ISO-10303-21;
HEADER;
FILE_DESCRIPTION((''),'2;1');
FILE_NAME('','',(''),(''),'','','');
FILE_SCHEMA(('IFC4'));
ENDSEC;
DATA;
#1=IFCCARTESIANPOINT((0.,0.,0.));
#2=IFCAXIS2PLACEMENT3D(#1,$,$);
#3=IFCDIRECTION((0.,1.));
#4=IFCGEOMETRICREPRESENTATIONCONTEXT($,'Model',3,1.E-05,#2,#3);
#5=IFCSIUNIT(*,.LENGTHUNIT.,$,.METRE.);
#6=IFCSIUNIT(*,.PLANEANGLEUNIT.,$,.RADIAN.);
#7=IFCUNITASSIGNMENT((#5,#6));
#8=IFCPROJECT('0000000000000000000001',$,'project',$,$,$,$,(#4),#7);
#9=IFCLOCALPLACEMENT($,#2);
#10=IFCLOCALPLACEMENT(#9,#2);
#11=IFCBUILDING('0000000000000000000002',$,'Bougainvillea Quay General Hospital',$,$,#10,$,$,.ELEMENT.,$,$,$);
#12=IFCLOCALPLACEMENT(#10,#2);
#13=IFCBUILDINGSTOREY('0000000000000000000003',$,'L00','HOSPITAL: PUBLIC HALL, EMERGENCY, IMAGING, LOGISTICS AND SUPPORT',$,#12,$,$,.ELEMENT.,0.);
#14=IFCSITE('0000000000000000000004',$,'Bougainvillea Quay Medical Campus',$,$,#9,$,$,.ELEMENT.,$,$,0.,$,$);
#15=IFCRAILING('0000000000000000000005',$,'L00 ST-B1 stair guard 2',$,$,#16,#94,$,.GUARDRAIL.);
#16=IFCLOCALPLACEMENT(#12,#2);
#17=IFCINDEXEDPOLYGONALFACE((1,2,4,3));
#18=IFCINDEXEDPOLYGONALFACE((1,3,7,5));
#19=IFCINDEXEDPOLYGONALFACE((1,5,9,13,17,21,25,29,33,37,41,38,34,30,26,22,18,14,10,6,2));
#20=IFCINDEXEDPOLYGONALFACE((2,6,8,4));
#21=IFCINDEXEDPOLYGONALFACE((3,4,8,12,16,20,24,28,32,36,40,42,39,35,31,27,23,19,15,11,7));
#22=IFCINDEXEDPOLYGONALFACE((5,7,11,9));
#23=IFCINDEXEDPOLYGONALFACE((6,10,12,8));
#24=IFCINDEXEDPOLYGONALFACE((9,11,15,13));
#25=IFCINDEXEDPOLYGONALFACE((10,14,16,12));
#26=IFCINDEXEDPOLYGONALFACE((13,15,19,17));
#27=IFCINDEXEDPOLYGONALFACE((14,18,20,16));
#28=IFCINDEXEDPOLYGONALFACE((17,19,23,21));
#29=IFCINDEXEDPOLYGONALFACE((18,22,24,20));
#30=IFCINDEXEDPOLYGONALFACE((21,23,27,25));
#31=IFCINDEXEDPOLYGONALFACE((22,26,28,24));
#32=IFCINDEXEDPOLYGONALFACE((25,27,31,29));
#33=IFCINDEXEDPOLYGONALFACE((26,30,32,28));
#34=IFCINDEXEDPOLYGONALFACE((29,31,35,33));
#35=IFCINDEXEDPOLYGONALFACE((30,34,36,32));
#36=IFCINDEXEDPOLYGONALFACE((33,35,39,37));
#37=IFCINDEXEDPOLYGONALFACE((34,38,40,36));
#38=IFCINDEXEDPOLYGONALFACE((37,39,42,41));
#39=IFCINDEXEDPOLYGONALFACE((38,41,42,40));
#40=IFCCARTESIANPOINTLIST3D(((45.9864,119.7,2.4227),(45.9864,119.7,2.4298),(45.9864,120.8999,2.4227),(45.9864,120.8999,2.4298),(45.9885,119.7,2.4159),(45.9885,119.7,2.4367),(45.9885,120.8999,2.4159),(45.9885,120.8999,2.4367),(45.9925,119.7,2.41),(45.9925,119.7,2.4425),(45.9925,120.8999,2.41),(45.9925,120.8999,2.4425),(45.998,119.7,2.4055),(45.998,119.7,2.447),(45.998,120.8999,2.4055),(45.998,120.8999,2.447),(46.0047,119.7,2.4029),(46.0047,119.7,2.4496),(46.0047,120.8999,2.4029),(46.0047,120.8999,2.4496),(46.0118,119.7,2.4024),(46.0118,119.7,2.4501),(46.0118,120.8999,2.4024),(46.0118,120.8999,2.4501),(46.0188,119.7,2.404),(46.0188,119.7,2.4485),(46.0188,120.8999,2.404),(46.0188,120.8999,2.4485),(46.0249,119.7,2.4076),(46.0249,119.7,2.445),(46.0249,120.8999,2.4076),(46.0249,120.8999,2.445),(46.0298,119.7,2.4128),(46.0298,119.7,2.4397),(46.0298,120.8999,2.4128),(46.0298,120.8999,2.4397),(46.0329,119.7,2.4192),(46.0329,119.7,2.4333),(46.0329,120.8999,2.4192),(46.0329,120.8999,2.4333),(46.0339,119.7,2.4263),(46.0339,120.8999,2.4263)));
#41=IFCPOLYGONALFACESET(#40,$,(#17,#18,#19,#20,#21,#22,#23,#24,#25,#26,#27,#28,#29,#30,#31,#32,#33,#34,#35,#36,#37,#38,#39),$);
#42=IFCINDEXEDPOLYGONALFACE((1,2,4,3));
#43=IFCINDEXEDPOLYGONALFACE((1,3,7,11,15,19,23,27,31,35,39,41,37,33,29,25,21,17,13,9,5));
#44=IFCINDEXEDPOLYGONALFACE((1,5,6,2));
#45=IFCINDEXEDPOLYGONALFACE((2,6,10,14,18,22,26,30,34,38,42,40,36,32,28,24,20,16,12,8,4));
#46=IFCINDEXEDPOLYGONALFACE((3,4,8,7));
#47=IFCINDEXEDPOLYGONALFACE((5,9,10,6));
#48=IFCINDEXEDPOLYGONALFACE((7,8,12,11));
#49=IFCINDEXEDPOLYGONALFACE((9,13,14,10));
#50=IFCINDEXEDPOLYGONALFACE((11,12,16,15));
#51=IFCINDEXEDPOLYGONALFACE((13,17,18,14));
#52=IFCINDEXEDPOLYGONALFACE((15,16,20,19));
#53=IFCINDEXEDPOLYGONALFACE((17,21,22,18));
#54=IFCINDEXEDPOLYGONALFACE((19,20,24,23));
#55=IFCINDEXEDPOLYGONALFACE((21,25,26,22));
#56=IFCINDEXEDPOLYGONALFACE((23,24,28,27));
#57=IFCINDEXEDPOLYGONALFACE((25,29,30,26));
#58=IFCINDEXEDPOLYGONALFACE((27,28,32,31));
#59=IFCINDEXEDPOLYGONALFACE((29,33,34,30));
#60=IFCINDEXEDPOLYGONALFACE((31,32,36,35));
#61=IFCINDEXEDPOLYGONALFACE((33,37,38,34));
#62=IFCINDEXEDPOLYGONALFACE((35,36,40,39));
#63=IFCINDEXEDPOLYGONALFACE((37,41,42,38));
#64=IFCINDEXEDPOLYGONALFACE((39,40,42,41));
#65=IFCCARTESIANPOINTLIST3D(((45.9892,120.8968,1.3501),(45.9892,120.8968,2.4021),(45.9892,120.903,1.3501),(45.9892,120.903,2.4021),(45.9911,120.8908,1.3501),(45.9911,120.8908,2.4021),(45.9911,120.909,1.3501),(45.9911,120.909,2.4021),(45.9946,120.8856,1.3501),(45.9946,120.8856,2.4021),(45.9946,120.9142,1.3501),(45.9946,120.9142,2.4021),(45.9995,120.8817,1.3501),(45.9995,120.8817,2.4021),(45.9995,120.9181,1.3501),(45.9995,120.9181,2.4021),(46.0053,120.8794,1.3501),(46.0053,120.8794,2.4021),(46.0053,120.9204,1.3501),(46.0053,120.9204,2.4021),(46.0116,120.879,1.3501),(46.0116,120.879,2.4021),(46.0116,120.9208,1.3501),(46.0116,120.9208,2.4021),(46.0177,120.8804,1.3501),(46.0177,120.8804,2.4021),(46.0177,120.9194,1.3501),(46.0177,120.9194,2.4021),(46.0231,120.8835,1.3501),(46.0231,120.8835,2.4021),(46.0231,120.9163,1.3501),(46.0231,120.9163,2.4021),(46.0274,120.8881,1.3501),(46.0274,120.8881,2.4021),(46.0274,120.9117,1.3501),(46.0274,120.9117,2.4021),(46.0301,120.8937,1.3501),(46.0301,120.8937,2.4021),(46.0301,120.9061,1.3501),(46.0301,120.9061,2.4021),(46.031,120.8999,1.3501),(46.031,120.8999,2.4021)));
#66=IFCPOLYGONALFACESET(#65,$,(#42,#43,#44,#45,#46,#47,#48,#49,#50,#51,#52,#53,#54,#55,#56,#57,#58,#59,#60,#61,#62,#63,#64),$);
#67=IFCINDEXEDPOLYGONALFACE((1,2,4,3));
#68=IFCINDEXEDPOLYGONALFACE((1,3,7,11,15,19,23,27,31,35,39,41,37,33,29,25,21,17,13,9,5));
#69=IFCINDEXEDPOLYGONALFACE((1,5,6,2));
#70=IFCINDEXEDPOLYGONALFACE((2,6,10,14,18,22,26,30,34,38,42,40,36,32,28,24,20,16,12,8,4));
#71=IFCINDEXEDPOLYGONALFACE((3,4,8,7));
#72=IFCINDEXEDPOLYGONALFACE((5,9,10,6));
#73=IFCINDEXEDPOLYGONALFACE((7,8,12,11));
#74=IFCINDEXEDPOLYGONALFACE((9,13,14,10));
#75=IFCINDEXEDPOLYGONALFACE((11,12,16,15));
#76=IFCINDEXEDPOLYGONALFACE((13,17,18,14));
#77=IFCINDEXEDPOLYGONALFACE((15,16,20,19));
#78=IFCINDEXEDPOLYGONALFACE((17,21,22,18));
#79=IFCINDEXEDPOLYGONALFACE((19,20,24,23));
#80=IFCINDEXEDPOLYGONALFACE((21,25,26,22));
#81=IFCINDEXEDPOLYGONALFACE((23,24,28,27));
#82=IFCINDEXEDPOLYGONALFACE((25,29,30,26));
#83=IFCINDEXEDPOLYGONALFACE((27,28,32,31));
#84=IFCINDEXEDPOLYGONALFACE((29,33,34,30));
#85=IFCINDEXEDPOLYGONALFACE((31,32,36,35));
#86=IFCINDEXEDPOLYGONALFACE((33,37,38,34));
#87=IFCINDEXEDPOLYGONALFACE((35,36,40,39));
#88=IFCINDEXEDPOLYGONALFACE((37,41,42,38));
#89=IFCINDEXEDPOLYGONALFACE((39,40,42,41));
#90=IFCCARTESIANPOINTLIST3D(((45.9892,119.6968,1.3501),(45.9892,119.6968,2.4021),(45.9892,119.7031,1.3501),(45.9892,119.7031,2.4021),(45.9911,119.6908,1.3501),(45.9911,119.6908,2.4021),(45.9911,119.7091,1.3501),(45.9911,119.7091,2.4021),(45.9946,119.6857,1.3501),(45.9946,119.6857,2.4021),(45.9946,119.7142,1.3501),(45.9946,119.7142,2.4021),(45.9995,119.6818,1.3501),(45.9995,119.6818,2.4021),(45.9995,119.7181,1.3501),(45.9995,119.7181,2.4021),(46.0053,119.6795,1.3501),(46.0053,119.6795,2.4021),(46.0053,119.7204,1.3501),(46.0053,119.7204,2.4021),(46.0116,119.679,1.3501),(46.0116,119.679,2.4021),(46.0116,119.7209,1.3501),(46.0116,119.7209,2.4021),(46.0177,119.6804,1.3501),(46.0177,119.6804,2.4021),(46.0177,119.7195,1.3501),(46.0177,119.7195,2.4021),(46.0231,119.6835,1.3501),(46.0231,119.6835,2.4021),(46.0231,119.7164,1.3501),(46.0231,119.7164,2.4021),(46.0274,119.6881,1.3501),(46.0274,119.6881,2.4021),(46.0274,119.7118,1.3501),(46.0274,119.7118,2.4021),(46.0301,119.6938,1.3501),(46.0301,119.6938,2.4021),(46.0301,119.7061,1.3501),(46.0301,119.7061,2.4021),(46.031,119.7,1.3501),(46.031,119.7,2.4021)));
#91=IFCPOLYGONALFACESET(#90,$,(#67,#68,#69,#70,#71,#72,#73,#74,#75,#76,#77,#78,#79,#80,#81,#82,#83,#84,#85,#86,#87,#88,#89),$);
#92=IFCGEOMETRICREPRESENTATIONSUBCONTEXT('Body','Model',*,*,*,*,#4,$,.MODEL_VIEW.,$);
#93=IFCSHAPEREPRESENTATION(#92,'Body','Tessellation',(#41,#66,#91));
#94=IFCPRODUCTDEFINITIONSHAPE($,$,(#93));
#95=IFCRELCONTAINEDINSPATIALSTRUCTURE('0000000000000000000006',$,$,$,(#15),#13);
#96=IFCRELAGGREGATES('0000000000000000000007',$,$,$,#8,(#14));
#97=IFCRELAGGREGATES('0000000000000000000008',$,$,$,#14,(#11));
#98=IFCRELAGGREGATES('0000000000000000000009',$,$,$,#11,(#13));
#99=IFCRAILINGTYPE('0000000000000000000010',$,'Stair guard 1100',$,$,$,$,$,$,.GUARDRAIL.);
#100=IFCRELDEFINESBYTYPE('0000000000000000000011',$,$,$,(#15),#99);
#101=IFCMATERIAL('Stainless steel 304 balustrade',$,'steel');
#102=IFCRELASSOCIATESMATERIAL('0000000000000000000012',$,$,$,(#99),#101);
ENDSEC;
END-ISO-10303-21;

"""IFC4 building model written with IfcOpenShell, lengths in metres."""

from ifc_helpers import new_model, si_unit, direction, frame, origin, origin_2d, place, context, subcontext, project, spatial, circle, extrude, material, type_object, element, save


model = new_model("IFC4")

# Units and contexts
model_context = context("Model", 3, precision=1e-05, world=origin(), true_north=direction((0.0, 1.0)))
body_context = subcontext(model_context, "Body", "Model", "MODEL_VIEW")
ifc_project = project(units=[si_unit("LENGTHUNIT", "METRE"), si_unit("PLANEANGLEUNIT", "RADIAN")], contexts=[model_context])

# Site, building, storey
site_placement = place(None, origin())
site = spatial("IfcSite", under=ifc_project, at=site_placement, Name="Bougainvillea Quay Medical Campus", CompositionType="ELEMENT", RefElevation=0.0)
building_placement = place(site_placement, origin())
building = spatial("IfcBuilding", under=site, at=building_placement, Name="Bougainvillea Quay General Hospital", CompositionType="ELEMENT")
storey_placement = place(building_placement, origin())
storey = spatial("IfcBuildingStorey", under=building, at=storey_placement, Name="L00", Description="HOSPITAL: PUBLIC HALL, EMERGENCY, IMAGING, LOGISTICS AND SUPPORT", CompositionType="ELEMENT", Elevation=0.0)

# Railing
ifc_material_1 = material(Name="Stainless steel 304 balustrade", Category="steel")
railing_type_1 = type_object("IfcRailingType", Name="Stair guard 1100", PredefinedType="GUARDRAIL", material=ifc_material_1)
railing_1_placement = place(storey_placement, frame((46.01, 120.8999, 1.3501)))
element("IfcRailing", 1, at=railing_1_placement, inside=storey, type_object=railing_type_1, Name="L00 ST-B1 stair guard 2", PredefinedType="GUARDRAIL", context=body_context, shape_type="SweptSolid", body=[
    extrude(circle(Radius=0.0239, at=origin_2d()), frame((0.0, 0.0, 1.0762), z_axis=(0.0, -1.0, 0.0), x_axis=(1.0, 0.0, 0.0)), (0.0, 0.0, 1.0), 1.2),
    extrude(circle(Radius=0.021, at=origin_2d()), origin(), (0.0, 0.0, 1.0), 1.052),
    extrude(circle(Radius=0.021, at=origin_2d()), frame((0.0, -1.2, 0.0)), (0.0, 0.0, 1.0), 1.052),
])

save(model, "model.ifc")
